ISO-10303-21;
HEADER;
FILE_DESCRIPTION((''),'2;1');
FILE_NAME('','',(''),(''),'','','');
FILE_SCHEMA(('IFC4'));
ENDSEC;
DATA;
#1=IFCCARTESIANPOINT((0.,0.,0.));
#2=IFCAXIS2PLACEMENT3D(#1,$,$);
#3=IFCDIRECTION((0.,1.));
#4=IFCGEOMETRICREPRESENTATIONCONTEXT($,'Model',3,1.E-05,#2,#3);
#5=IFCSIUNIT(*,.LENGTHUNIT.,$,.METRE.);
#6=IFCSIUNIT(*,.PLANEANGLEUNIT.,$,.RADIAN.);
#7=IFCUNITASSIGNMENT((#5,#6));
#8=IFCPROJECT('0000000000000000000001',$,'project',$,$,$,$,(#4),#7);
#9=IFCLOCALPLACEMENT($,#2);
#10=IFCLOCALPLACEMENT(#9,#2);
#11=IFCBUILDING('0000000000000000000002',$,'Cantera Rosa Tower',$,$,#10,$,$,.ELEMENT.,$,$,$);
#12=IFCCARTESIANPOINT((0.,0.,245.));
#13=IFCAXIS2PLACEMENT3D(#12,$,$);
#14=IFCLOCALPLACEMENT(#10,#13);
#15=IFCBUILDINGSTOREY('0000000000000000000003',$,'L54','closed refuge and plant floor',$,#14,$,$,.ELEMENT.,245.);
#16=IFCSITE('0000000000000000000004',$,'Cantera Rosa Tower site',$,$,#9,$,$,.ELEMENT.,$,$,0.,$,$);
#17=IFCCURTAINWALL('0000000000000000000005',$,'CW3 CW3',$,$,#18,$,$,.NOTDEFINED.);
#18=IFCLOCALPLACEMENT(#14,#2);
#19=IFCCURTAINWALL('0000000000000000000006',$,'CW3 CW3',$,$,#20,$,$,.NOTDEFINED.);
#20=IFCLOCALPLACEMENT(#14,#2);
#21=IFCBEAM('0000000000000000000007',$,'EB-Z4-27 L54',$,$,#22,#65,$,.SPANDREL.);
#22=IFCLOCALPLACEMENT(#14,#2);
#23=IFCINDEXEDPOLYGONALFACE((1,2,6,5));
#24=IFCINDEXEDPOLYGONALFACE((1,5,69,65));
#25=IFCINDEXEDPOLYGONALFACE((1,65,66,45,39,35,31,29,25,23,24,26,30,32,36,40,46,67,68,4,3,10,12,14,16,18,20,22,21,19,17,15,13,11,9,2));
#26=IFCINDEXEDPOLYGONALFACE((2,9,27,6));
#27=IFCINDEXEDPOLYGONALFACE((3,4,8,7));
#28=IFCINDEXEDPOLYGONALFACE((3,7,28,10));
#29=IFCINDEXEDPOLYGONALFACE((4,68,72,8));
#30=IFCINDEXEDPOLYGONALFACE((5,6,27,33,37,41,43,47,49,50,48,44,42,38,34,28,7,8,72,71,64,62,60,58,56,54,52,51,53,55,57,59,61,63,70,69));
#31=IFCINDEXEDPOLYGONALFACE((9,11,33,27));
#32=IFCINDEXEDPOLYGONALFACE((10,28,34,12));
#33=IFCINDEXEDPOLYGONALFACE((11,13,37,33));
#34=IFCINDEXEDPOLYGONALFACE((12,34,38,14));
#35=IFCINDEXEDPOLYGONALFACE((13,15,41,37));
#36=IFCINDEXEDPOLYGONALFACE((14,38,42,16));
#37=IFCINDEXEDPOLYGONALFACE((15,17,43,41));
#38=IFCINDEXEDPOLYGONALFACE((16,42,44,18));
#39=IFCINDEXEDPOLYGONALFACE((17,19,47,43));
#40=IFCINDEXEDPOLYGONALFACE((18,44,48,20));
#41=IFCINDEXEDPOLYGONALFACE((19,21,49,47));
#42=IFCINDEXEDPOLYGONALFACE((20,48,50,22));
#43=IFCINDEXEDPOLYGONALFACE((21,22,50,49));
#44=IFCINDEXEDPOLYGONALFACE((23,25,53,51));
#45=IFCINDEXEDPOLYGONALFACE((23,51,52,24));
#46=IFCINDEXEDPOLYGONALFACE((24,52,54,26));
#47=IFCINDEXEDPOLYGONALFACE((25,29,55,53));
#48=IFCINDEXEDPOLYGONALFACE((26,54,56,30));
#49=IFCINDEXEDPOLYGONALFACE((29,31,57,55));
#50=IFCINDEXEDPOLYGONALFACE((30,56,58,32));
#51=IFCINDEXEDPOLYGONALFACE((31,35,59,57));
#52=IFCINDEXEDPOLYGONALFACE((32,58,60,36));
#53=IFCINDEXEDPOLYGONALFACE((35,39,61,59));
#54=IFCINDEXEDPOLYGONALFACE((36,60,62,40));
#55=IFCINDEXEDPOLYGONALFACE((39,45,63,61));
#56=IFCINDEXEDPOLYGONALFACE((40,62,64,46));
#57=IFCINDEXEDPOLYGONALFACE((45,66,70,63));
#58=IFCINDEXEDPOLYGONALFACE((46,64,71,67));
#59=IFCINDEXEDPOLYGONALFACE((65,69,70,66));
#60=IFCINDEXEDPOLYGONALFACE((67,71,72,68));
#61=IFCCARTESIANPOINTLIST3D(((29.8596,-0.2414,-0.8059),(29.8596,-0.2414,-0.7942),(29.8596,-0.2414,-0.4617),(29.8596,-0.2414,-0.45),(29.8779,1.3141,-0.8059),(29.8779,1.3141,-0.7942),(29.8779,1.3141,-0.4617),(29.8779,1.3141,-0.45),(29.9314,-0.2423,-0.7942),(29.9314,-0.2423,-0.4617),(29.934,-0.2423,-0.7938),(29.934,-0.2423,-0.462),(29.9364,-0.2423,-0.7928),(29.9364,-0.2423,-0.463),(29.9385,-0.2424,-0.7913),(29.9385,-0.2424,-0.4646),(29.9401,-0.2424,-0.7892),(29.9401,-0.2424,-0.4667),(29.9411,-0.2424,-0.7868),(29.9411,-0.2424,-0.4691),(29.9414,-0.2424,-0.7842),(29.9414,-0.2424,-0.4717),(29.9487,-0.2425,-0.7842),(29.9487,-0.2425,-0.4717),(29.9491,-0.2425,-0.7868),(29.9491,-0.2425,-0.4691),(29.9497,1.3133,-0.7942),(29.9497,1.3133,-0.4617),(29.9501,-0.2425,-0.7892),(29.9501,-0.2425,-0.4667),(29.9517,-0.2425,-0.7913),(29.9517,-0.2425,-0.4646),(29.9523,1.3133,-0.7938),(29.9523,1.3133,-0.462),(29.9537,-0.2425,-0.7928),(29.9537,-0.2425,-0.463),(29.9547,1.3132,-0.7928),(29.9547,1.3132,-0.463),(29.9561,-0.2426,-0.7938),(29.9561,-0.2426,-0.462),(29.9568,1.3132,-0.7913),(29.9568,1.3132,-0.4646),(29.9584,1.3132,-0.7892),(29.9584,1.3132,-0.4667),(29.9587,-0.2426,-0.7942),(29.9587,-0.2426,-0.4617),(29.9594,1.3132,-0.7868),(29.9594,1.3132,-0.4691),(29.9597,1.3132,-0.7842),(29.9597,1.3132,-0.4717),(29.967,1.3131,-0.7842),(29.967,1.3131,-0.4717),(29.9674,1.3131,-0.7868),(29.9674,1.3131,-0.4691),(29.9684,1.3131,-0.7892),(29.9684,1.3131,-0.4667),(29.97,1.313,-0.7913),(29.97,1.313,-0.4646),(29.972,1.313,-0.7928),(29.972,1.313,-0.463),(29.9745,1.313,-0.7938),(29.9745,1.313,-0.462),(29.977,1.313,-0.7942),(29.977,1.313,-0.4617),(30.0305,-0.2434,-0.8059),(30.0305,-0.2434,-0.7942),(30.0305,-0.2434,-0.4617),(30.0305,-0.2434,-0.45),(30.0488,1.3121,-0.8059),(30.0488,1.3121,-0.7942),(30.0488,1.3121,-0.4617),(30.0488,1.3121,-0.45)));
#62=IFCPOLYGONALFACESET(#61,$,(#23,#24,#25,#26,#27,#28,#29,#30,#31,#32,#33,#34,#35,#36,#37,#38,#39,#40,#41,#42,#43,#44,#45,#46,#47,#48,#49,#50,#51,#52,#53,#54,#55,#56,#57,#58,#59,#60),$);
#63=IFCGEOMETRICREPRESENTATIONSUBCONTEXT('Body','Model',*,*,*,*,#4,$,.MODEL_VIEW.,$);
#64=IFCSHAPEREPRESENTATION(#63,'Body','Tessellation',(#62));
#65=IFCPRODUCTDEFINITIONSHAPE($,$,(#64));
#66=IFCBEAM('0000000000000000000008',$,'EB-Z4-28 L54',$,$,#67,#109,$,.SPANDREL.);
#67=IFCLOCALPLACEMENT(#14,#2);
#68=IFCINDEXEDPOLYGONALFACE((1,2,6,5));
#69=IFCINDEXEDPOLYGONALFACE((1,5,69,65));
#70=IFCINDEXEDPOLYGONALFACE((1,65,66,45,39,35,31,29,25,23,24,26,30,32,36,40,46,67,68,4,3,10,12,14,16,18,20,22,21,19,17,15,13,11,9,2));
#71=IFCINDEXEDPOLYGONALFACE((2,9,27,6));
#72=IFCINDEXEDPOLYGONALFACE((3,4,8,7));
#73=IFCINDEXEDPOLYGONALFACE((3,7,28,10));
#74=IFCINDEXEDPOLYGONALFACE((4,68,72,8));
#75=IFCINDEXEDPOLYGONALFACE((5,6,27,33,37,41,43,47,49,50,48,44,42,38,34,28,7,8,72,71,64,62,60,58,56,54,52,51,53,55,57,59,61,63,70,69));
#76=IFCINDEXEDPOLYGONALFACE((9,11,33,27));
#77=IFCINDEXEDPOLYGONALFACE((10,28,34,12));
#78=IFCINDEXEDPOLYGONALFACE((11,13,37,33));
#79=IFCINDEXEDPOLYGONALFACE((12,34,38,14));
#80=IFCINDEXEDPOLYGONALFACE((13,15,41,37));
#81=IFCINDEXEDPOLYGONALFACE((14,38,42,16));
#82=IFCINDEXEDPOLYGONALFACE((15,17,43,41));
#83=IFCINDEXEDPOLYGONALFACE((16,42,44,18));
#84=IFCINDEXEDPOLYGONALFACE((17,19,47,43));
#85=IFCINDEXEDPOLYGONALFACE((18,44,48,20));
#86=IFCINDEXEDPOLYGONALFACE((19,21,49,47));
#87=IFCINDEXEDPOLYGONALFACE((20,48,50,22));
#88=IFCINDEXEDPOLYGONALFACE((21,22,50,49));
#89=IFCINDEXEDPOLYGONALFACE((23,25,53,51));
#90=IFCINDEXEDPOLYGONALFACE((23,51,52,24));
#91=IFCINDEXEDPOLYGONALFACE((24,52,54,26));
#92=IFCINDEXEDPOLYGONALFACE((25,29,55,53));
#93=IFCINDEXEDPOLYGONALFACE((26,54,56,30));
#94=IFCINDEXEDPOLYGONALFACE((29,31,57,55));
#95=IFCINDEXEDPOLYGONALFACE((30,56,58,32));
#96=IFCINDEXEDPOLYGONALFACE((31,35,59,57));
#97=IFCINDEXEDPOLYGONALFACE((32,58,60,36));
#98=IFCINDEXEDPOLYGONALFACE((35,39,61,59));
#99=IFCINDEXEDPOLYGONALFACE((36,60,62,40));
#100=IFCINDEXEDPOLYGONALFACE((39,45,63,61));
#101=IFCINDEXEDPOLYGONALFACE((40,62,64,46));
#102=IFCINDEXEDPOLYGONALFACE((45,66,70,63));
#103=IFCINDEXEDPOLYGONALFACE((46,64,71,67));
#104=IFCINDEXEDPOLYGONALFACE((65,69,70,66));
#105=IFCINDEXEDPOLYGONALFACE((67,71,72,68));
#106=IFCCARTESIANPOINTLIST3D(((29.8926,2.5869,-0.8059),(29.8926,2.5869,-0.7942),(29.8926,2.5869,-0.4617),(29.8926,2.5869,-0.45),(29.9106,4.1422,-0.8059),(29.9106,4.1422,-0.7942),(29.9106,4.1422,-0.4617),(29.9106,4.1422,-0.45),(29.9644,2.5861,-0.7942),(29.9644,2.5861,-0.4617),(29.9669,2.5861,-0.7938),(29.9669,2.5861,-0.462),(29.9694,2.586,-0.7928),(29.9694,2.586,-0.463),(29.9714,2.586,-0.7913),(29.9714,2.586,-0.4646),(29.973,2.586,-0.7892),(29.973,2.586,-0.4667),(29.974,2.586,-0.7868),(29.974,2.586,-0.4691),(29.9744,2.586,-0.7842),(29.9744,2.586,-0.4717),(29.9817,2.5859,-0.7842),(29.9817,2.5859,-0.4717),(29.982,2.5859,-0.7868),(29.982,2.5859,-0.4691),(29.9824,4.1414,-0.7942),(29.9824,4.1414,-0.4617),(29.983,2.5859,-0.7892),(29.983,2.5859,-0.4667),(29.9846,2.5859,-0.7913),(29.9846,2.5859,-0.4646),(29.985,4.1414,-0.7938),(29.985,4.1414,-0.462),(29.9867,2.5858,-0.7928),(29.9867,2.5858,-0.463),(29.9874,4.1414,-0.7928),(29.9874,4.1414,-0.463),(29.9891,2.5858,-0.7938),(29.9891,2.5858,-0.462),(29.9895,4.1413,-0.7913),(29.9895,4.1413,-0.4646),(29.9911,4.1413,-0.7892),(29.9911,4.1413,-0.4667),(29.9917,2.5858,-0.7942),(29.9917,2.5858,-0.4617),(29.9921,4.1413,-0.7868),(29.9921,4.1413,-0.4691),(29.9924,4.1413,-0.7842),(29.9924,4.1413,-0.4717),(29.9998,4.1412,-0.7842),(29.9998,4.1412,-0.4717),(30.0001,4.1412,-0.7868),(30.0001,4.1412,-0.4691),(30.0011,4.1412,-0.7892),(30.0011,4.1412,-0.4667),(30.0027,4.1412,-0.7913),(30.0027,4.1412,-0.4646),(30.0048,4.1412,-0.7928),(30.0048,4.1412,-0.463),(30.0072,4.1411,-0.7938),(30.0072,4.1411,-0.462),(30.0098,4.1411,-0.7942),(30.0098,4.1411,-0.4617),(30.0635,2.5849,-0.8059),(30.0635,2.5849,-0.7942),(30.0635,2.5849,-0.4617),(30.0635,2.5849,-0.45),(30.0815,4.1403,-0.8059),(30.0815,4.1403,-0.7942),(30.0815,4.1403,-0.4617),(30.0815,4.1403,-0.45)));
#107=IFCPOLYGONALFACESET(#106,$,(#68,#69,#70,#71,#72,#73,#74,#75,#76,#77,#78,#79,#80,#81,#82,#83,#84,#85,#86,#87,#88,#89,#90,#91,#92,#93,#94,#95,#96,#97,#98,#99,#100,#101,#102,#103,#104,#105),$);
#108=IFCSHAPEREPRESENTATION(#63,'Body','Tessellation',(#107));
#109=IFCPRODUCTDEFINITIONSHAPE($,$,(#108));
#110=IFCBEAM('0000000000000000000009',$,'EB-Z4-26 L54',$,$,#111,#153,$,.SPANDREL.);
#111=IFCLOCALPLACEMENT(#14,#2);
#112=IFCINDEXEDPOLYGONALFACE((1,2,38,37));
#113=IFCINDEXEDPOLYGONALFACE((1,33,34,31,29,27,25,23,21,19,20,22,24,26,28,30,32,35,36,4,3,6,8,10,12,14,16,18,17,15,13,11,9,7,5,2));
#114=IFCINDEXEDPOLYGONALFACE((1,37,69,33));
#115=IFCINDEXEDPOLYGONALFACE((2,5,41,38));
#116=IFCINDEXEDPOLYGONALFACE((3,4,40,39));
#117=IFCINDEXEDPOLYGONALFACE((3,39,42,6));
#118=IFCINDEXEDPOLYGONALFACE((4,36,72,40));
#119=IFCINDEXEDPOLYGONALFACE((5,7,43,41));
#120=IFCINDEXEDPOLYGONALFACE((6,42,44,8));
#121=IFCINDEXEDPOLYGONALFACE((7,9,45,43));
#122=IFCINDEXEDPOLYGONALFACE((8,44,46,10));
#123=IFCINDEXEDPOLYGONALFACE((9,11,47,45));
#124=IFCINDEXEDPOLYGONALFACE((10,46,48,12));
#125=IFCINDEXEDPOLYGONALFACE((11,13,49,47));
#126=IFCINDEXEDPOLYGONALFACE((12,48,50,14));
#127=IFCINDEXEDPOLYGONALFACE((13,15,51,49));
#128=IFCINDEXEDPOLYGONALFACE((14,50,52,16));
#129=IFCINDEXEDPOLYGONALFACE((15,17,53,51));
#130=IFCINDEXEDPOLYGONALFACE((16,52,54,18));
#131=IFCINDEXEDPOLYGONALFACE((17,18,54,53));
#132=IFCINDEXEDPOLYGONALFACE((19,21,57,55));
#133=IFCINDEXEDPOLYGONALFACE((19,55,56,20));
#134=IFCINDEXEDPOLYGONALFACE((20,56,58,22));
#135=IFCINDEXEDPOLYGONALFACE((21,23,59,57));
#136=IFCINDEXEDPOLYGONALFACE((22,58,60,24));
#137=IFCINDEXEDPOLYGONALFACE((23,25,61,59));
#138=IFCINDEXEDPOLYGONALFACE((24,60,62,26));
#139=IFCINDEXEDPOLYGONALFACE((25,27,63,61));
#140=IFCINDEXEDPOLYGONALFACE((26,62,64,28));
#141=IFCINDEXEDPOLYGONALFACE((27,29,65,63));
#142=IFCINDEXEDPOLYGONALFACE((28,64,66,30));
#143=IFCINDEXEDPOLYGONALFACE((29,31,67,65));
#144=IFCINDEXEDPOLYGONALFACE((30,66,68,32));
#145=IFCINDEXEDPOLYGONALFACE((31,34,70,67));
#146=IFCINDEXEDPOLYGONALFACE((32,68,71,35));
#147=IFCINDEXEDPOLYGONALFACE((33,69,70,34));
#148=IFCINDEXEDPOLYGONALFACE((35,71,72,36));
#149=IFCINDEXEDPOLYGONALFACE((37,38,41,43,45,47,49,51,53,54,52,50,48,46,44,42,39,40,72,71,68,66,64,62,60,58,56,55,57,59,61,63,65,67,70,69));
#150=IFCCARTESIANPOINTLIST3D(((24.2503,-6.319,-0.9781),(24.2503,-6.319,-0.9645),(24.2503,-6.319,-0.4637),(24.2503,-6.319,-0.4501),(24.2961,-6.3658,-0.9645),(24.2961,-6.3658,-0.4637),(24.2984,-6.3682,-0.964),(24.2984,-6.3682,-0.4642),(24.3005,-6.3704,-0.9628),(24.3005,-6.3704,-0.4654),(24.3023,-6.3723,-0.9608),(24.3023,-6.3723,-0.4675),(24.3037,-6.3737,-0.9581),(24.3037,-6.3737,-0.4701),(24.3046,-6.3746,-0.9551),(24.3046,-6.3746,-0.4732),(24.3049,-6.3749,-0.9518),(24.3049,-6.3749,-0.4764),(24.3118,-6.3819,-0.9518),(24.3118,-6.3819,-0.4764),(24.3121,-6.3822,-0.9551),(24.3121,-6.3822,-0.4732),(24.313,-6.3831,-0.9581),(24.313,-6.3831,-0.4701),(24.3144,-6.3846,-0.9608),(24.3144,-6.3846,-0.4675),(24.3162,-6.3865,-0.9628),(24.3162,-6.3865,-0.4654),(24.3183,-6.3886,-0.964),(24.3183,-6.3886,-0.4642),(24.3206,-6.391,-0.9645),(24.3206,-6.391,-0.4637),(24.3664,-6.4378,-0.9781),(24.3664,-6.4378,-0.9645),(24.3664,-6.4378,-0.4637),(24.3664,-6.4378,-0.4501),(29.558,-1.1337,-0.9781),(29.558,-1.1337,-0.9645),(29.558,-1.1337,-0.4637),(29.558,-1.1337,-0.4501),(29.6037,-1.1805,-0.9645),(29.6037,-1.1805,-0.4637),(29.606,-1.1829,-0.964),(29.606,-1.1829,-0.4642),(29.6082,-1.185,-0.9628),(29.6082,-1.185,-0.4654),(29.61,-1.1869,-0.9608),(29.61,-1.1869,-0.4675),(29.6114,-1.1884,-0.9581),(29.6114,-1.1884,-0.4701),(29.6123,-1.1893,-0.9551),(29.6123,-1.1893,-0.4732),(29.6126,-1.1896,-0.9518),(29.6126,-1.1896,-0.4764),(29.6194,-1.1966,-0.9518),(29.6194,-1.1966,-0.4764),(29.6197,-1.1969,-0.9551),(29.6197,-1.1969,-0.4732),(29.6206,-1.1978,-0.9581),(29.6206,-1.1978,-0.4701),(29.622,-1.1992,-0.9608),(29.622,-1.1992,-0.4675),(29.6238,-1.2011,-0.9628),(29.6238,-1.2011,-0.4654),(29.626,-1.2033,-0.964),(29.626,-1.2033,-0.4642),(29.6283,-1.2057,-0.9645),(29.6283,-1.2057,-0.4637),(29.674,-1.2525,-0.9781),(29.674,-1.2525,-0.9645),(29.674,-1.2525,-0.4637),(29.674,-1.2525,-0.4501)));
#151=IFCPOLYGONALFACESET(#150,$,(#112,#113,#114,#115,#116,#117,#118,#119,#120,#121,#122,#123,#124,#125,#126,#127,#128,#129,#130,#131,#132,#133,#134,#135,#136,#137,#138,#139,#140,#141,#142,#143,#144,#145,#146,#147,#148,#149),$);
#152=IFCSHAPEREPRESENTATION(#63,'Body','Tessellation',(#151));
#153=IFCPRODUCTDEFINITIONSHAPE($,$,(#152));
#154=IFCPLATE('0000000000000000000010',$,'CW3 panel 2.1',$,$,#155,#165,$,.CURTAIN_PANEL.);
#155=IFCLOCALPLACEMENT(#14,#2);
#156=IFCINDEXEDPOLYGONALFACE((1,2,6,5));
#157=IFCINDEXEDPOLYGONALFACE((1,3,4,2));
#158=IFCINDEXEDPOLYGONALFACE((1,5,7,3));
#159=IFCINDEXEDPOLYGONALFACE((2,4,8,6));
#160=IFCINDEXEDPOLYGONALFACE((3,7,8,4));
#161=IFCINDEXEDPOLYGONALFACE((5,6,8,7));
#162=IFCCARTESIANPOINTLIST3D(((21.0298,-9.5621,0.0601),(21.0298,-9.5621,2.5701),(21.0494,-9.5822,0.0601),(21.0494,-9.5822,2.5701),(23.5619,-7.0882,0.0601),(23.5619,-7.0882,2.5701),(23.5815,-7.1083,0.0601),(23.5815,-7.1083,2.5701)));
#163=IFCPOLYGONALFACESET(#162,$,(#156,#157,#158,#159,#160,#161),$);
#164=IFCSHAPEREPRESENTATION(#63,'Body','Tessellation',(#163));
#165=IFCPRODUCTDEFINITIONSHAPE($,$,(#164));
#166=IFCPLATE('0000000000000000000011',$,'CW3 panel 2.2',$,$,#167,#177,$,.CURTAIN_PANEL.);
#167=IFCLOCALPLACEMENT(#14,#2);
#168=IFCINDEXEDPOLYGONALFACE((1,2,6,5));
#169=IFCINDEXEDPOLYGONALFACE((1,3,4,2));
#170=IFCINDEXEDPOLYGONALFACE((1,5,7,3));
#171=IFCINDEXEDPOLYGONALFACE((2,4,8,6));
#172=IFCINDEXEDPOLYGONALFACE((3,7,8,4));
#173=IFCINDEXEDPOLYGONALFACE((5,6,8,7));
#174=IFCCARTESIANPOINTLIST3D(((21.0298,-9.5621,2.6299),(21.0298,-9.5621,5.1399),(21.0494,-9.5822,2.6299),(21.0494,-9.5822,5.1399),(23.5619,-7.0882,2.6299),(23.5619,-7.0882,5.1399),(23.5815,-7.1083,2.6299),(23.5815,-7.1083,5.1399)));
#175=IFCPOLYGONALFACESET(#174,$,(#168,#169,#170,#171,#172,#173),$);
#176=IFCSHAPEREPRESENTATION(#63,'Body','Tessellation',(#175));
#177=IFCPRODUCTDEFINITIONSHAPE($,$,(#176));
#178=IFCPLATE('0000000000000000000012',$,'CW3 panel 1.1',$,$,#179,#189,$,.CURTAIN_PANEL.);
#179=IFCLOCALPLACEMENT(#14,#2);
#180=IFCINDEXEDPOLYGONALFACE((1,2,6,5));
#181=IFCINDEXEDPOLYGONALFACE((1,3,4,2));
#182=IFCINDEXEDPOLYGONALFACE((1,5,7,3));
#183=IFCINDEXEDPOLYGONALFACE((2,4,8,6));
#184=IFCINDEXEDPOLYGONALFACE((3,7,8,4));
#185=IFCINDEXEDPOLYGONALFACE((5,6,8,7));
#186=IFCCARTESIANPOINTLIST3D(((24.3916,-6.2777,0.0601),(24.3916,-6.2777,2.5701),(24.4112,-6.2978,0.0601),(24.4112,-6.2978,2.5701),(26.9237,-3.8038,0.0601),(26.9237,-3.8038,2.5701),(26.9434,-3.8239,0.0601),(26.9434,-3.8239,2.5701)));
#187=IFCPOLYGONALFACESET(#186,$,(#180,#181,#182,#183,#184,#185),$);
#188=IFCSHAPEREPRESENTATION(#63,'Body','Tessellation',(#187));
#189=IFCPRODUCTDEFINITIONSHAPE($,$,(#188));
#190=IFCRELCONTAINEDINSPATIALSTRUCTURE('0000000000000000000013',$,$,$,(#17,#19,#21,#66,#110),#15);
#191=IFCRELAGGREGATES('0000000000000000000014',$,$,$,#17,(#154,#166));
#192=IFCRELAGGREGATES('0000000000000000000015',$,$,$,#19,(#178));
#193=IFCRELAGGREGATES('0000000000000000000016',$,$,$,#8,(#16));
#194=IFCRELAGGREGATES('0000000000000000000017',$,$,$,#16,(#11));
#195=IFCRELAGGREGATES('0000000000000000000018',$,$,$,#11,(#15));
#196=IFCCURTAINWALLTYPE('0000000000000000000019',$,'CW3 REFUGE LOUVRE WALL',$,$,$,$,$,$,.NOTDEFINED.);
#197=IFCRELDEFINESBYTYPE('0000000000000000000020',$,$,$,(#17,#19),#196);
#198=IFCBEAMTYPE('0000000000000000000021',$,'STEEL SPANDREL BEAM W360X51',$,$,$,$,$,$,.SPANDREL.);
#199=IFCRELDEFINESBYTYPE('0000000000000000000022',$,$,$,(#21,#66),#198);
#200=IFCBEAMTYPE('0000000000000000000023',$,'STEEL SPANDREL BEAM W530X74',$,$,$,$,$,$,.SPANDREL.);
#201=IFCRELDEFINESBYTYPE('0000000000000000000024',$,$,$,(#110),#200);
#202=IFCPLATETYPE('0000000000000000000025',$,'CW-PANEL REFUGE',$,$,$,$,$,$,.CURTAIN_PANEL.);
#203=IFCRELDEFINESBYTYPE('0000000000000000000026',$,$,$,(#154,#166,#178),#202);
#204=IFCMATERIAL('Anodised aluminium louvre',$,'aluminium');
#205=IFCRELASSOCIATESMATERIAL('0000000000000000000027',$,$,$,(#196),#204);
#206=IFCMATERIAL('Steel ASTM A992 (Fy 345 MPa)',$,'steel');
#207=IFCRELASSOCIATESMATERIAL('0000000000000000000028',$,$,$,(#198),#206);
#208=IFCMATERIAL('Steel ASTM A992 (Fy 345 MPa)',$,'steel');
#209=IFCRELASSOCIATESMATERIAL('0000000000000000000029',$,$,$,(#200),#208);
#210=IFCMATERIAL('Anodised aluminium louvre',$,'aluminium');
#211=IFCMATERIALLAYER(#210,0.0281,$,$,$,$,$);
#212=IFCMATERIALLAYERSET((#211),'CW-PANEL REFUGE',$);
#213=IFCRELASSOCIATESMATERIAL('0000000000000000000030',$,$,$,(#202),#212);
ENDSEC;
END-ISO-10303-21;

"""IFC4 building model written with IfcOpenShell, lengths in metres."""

from ifc_helpers import new_model, si_unit, direction, frame, origin, origin_2d, place, context, subcontext, project, spatial, rectangle, i_section, extrude, material, layer, layer_set, material_profile, profile_set, type_object, element, aggregate, save


model = new_model("IFC4")

# Units and contexts
model_context = context("Model", 3, precision=1e-05, world=origin(), true_north=direction((0.0, 1.0)))
body_context = subcontext(model_context, "Body", "Model", "MODEL_VIEW")
ifc_project = project(units=[si_unit("LENGTHUNIT", "METRE"), si_unit("PLANEANGLEUNIT", "RADIAN")], contexts=[model_context])

# Site, building, storey
site_placement = place(None, origin())
site = spatial("IfcSite", under=ifc_project, at=site_placement, Name="Cantera Rosa Tower site", CompositionType="ELEMENT", RefElevation=0.0)
building_placement = place(site_placement, origin())
building = spatial("IfcBuilding", under=site, at=building_placement, Name="Cantera Rosa Tower", CompositionType="ELEMENT")
storey_placement = place(building_placement, frame((0.0, 0.0, 245.0)))
storey = spatial("IfcBuildingStorey", under=building, at=storey_placement, Name="L54", Description="closed refuge and plant floor", CompositionType="ELEMENT", Elevation=245.0)

# Curtain walls
ifc_material_1 = material(Name="Anodised aluminium louvre", Category="aluminium")
curtain_wall_type = type_object("IfcCurtainWallType", Name="CW3 REFUGE LOUVRE WALL", PredefinedType="NOTDEFINED", material=ifc_material_1)
curtain_wall_1_placement = place(storey_placement, origin())
curtain_wall_1 = element("IfcCurtainWall", 1, at=curtain_wall_1_placement, inside=storey, type_object=curtain_wall_type, Name="CW3 CW3", PredefinedType="NOTDEFINED")
curtain_wall_2_placement = place(storey_placement, origin())
curtain_wall_2 = element("IfcCurtainWall", 2, at=curtain_wall_2_placement, inside=storey, type_object=curtain_wall_type, Name="CW3 CW3", PredefinedType="NOTDEFINED")

# Beams
ifc_material_2 = material(Name="Steel ASTM A992 (Fy 345 MPa)", Category="steel")
ifc_material_profile_1 = material_profile(ifc_material_2, i_section(OverallWidth=0.1709, OverallDepth=0.356, WebThickness=0.0073, FlangeThickness=0.0117, FilletRadius=0.01, at=origin_2d()), Name="W360X51")
ifc_profile_set_1 = profile_set([ifc_material_profile_1], Name="Steel ASTM A992 (Fy 345 MPa)")
beam_type_1 = type_object("IfcBeamType", Name="STEEL SPANDREL BEAM W360X51", PredefinedType="SPANDREL", material=ifc_profile_set_1)
beam_1_placement = place(storey_placement, frame((29.9451, -0.2424, -0.6279), z_axis=(0.011769, 0.999931, 0.0), x_axis=(-0.999931, 0.011769, 0.0)))
element("IfcBeam", 3, at=beam_1_placement, inside=storey, type_object=beam_type_1, Name="EB-Z4-27 L54", PredefinedType="SPANDREL", context=body_context, shape_type="SweptSolid", body=[
    extrude(i_section(OverallWidth=0.1709, OverallDepth=0.356, WebThickness=0.0073, FlangeThickness=0.0117, FilletRadius=0.01, at=origin_2d()), origin(), (0.0, 0.0, 1.0), 1.5557),
])
beam_2_placement = place(storey_placement, frame((29.978, 2.5859, -0.6279), z_axis=(0.011614, 0.999933, 0.0), x_axis=(-0.999933, 0.011614, 0.0)))
element("IfcBeam", 4, at=beam_2_placement, inside=storey, type_object=beam_type_1, Name="EB-Z4-28 L54", PredefinedType="SPANDREL", context=body_context, shape_type="SweptSolid", body=[
    extrude(i_section(OverallWidth=0.1709, OverallDepth=0.356, WebThickness=0.0073, FlangeThickness=0.0117, FilletRadius=0.01, at=origin_2d()), origin(), (0.0, 0.0, 1.0), 1.5554),
])
ifc_material_3 = material(Name="Steel ASTM A992 (Fy 345 MPa)", Category="steel")
ifc_material_profile_2 = material_profile(ifc_material_3, i_section(OverallWidth=0.166, OverallDepth=0.5281, WebThickness=0.0098, FlangeThickness=0.0137, FilletRadius=0.0127, at=origin_2d()), Name="W530X74")
ifc_profile_set_2 = profile_set([ifc_material_profile_2], Name="Steel ASTM A992 (Fy 345 MPa)")
beam_type_2 = type_object("IfcBeamType", Name="STEEL SPANDREL BEAM W530X74", PredefinedType="SPANDREL", material=ifc_profile_set_2)
beam_3_placement = place(storey_placement, frame((24.3083, -6.3784, -0.7141), z_axis=(0.715301, 0.698817, 0.0), x_axis=(-0.698817, 0.715301, 0.0)))
element("IfcBeam", 5, at=beam_3_placement, inside=storey, type_object=beam_type_2, Name="EB-Z4-26 L54", PredefinedType="SPANDREL", context=body_context, shape_type="SweptSolid", body=[
    extrude(i_section(OverallWidth=0.166, OverallDepth=0.5281, WebThickness=0.0098, FlangeThickness=0.0137, FilletRadius=0.0127, at=origin_2d()), origin(), (0.0, 0.0, 1.0), 7.4202),
])

# Plates
ifc_material_4 = material(Name="Anodised aluminium louvre", Category="aluminium")
ifc_layer_1 = layer(ifc_material_4, 0.0281)
ifc_layer_set_1 = layer_set([ifc_layer_1], Name="CW-PANEL REFUGE")
plate_type = type_object("IfcPlateType", Name="CW-PANEL REFUGE", PredefinedType="CURTAIN_PANEL", material=ifc_layer_set_1)
plate_1_placement = place(storey_placement, frame((22.3057, -8.3352, 0.0601), z_axis=(0.0, 0.0, 1.0), x_axis=(0.715286, 0.698832, 0.0)))
plate_1 = element("IfcPlate", 6, at=plate_1_placement, type_object=plate_type, Name="CW3 panel 2.1", PredefinedType="CURTAIN_PANEL", context=body_context, shape_type="SweptSolid", body=[
    extrude(rectangle(XDim=3.54, YDim=0.0281, at=origin_2d()), origin(), (0.0, 0.0, 1.0), 2.51),
])
plate_2_placement = place(storey_placement, frame((22.3057, -8.3352, 2.6299), z_axis=(0.0, 0.0, 1.0), x_axis=(0.715286, 0.698832, 0.0)))
plate_2 = element("IfcPlate", 7, at=plate_2_placement, type_object=plate_type, Name="CW3 panel 2.2", PredefinedType="CURTAIN_PANEL", context=body_context, shape_type="SweptSolid", body=[
    extrude(rectangle(XDim=3.54, YDim=0.0281, at=origin_2d()), origin(), (0.0, 0.0, 1.0), 2.51),
])
aggregate(curtain_wall_1, [plate_1, plate_2])
plate_3_placement = place(storey_placement, frame((25.6675, -5.0508, 0.0601), z_axis=(0.0, 0.0, 1.0), x_axis=(0.715286, 0.698832, 0.0)))
plate_3 = element("IfcPlate", 8, at=plate_3_placement, type_object=plate_type, Name="CW3 panel 1.1", PredefinedType="CURTAIN_PANEL", context=body_context, shape_type="SweptSolid", body=[
    extrude(rectangle(XDim=3.54, YDim=0.0281, at=origin_2d()), origin(), (0.0, 0.0, 1.0), 2.51),
])
aggregate(curtain_wall_2, [plate_3])

save(model, "model.ifc")
